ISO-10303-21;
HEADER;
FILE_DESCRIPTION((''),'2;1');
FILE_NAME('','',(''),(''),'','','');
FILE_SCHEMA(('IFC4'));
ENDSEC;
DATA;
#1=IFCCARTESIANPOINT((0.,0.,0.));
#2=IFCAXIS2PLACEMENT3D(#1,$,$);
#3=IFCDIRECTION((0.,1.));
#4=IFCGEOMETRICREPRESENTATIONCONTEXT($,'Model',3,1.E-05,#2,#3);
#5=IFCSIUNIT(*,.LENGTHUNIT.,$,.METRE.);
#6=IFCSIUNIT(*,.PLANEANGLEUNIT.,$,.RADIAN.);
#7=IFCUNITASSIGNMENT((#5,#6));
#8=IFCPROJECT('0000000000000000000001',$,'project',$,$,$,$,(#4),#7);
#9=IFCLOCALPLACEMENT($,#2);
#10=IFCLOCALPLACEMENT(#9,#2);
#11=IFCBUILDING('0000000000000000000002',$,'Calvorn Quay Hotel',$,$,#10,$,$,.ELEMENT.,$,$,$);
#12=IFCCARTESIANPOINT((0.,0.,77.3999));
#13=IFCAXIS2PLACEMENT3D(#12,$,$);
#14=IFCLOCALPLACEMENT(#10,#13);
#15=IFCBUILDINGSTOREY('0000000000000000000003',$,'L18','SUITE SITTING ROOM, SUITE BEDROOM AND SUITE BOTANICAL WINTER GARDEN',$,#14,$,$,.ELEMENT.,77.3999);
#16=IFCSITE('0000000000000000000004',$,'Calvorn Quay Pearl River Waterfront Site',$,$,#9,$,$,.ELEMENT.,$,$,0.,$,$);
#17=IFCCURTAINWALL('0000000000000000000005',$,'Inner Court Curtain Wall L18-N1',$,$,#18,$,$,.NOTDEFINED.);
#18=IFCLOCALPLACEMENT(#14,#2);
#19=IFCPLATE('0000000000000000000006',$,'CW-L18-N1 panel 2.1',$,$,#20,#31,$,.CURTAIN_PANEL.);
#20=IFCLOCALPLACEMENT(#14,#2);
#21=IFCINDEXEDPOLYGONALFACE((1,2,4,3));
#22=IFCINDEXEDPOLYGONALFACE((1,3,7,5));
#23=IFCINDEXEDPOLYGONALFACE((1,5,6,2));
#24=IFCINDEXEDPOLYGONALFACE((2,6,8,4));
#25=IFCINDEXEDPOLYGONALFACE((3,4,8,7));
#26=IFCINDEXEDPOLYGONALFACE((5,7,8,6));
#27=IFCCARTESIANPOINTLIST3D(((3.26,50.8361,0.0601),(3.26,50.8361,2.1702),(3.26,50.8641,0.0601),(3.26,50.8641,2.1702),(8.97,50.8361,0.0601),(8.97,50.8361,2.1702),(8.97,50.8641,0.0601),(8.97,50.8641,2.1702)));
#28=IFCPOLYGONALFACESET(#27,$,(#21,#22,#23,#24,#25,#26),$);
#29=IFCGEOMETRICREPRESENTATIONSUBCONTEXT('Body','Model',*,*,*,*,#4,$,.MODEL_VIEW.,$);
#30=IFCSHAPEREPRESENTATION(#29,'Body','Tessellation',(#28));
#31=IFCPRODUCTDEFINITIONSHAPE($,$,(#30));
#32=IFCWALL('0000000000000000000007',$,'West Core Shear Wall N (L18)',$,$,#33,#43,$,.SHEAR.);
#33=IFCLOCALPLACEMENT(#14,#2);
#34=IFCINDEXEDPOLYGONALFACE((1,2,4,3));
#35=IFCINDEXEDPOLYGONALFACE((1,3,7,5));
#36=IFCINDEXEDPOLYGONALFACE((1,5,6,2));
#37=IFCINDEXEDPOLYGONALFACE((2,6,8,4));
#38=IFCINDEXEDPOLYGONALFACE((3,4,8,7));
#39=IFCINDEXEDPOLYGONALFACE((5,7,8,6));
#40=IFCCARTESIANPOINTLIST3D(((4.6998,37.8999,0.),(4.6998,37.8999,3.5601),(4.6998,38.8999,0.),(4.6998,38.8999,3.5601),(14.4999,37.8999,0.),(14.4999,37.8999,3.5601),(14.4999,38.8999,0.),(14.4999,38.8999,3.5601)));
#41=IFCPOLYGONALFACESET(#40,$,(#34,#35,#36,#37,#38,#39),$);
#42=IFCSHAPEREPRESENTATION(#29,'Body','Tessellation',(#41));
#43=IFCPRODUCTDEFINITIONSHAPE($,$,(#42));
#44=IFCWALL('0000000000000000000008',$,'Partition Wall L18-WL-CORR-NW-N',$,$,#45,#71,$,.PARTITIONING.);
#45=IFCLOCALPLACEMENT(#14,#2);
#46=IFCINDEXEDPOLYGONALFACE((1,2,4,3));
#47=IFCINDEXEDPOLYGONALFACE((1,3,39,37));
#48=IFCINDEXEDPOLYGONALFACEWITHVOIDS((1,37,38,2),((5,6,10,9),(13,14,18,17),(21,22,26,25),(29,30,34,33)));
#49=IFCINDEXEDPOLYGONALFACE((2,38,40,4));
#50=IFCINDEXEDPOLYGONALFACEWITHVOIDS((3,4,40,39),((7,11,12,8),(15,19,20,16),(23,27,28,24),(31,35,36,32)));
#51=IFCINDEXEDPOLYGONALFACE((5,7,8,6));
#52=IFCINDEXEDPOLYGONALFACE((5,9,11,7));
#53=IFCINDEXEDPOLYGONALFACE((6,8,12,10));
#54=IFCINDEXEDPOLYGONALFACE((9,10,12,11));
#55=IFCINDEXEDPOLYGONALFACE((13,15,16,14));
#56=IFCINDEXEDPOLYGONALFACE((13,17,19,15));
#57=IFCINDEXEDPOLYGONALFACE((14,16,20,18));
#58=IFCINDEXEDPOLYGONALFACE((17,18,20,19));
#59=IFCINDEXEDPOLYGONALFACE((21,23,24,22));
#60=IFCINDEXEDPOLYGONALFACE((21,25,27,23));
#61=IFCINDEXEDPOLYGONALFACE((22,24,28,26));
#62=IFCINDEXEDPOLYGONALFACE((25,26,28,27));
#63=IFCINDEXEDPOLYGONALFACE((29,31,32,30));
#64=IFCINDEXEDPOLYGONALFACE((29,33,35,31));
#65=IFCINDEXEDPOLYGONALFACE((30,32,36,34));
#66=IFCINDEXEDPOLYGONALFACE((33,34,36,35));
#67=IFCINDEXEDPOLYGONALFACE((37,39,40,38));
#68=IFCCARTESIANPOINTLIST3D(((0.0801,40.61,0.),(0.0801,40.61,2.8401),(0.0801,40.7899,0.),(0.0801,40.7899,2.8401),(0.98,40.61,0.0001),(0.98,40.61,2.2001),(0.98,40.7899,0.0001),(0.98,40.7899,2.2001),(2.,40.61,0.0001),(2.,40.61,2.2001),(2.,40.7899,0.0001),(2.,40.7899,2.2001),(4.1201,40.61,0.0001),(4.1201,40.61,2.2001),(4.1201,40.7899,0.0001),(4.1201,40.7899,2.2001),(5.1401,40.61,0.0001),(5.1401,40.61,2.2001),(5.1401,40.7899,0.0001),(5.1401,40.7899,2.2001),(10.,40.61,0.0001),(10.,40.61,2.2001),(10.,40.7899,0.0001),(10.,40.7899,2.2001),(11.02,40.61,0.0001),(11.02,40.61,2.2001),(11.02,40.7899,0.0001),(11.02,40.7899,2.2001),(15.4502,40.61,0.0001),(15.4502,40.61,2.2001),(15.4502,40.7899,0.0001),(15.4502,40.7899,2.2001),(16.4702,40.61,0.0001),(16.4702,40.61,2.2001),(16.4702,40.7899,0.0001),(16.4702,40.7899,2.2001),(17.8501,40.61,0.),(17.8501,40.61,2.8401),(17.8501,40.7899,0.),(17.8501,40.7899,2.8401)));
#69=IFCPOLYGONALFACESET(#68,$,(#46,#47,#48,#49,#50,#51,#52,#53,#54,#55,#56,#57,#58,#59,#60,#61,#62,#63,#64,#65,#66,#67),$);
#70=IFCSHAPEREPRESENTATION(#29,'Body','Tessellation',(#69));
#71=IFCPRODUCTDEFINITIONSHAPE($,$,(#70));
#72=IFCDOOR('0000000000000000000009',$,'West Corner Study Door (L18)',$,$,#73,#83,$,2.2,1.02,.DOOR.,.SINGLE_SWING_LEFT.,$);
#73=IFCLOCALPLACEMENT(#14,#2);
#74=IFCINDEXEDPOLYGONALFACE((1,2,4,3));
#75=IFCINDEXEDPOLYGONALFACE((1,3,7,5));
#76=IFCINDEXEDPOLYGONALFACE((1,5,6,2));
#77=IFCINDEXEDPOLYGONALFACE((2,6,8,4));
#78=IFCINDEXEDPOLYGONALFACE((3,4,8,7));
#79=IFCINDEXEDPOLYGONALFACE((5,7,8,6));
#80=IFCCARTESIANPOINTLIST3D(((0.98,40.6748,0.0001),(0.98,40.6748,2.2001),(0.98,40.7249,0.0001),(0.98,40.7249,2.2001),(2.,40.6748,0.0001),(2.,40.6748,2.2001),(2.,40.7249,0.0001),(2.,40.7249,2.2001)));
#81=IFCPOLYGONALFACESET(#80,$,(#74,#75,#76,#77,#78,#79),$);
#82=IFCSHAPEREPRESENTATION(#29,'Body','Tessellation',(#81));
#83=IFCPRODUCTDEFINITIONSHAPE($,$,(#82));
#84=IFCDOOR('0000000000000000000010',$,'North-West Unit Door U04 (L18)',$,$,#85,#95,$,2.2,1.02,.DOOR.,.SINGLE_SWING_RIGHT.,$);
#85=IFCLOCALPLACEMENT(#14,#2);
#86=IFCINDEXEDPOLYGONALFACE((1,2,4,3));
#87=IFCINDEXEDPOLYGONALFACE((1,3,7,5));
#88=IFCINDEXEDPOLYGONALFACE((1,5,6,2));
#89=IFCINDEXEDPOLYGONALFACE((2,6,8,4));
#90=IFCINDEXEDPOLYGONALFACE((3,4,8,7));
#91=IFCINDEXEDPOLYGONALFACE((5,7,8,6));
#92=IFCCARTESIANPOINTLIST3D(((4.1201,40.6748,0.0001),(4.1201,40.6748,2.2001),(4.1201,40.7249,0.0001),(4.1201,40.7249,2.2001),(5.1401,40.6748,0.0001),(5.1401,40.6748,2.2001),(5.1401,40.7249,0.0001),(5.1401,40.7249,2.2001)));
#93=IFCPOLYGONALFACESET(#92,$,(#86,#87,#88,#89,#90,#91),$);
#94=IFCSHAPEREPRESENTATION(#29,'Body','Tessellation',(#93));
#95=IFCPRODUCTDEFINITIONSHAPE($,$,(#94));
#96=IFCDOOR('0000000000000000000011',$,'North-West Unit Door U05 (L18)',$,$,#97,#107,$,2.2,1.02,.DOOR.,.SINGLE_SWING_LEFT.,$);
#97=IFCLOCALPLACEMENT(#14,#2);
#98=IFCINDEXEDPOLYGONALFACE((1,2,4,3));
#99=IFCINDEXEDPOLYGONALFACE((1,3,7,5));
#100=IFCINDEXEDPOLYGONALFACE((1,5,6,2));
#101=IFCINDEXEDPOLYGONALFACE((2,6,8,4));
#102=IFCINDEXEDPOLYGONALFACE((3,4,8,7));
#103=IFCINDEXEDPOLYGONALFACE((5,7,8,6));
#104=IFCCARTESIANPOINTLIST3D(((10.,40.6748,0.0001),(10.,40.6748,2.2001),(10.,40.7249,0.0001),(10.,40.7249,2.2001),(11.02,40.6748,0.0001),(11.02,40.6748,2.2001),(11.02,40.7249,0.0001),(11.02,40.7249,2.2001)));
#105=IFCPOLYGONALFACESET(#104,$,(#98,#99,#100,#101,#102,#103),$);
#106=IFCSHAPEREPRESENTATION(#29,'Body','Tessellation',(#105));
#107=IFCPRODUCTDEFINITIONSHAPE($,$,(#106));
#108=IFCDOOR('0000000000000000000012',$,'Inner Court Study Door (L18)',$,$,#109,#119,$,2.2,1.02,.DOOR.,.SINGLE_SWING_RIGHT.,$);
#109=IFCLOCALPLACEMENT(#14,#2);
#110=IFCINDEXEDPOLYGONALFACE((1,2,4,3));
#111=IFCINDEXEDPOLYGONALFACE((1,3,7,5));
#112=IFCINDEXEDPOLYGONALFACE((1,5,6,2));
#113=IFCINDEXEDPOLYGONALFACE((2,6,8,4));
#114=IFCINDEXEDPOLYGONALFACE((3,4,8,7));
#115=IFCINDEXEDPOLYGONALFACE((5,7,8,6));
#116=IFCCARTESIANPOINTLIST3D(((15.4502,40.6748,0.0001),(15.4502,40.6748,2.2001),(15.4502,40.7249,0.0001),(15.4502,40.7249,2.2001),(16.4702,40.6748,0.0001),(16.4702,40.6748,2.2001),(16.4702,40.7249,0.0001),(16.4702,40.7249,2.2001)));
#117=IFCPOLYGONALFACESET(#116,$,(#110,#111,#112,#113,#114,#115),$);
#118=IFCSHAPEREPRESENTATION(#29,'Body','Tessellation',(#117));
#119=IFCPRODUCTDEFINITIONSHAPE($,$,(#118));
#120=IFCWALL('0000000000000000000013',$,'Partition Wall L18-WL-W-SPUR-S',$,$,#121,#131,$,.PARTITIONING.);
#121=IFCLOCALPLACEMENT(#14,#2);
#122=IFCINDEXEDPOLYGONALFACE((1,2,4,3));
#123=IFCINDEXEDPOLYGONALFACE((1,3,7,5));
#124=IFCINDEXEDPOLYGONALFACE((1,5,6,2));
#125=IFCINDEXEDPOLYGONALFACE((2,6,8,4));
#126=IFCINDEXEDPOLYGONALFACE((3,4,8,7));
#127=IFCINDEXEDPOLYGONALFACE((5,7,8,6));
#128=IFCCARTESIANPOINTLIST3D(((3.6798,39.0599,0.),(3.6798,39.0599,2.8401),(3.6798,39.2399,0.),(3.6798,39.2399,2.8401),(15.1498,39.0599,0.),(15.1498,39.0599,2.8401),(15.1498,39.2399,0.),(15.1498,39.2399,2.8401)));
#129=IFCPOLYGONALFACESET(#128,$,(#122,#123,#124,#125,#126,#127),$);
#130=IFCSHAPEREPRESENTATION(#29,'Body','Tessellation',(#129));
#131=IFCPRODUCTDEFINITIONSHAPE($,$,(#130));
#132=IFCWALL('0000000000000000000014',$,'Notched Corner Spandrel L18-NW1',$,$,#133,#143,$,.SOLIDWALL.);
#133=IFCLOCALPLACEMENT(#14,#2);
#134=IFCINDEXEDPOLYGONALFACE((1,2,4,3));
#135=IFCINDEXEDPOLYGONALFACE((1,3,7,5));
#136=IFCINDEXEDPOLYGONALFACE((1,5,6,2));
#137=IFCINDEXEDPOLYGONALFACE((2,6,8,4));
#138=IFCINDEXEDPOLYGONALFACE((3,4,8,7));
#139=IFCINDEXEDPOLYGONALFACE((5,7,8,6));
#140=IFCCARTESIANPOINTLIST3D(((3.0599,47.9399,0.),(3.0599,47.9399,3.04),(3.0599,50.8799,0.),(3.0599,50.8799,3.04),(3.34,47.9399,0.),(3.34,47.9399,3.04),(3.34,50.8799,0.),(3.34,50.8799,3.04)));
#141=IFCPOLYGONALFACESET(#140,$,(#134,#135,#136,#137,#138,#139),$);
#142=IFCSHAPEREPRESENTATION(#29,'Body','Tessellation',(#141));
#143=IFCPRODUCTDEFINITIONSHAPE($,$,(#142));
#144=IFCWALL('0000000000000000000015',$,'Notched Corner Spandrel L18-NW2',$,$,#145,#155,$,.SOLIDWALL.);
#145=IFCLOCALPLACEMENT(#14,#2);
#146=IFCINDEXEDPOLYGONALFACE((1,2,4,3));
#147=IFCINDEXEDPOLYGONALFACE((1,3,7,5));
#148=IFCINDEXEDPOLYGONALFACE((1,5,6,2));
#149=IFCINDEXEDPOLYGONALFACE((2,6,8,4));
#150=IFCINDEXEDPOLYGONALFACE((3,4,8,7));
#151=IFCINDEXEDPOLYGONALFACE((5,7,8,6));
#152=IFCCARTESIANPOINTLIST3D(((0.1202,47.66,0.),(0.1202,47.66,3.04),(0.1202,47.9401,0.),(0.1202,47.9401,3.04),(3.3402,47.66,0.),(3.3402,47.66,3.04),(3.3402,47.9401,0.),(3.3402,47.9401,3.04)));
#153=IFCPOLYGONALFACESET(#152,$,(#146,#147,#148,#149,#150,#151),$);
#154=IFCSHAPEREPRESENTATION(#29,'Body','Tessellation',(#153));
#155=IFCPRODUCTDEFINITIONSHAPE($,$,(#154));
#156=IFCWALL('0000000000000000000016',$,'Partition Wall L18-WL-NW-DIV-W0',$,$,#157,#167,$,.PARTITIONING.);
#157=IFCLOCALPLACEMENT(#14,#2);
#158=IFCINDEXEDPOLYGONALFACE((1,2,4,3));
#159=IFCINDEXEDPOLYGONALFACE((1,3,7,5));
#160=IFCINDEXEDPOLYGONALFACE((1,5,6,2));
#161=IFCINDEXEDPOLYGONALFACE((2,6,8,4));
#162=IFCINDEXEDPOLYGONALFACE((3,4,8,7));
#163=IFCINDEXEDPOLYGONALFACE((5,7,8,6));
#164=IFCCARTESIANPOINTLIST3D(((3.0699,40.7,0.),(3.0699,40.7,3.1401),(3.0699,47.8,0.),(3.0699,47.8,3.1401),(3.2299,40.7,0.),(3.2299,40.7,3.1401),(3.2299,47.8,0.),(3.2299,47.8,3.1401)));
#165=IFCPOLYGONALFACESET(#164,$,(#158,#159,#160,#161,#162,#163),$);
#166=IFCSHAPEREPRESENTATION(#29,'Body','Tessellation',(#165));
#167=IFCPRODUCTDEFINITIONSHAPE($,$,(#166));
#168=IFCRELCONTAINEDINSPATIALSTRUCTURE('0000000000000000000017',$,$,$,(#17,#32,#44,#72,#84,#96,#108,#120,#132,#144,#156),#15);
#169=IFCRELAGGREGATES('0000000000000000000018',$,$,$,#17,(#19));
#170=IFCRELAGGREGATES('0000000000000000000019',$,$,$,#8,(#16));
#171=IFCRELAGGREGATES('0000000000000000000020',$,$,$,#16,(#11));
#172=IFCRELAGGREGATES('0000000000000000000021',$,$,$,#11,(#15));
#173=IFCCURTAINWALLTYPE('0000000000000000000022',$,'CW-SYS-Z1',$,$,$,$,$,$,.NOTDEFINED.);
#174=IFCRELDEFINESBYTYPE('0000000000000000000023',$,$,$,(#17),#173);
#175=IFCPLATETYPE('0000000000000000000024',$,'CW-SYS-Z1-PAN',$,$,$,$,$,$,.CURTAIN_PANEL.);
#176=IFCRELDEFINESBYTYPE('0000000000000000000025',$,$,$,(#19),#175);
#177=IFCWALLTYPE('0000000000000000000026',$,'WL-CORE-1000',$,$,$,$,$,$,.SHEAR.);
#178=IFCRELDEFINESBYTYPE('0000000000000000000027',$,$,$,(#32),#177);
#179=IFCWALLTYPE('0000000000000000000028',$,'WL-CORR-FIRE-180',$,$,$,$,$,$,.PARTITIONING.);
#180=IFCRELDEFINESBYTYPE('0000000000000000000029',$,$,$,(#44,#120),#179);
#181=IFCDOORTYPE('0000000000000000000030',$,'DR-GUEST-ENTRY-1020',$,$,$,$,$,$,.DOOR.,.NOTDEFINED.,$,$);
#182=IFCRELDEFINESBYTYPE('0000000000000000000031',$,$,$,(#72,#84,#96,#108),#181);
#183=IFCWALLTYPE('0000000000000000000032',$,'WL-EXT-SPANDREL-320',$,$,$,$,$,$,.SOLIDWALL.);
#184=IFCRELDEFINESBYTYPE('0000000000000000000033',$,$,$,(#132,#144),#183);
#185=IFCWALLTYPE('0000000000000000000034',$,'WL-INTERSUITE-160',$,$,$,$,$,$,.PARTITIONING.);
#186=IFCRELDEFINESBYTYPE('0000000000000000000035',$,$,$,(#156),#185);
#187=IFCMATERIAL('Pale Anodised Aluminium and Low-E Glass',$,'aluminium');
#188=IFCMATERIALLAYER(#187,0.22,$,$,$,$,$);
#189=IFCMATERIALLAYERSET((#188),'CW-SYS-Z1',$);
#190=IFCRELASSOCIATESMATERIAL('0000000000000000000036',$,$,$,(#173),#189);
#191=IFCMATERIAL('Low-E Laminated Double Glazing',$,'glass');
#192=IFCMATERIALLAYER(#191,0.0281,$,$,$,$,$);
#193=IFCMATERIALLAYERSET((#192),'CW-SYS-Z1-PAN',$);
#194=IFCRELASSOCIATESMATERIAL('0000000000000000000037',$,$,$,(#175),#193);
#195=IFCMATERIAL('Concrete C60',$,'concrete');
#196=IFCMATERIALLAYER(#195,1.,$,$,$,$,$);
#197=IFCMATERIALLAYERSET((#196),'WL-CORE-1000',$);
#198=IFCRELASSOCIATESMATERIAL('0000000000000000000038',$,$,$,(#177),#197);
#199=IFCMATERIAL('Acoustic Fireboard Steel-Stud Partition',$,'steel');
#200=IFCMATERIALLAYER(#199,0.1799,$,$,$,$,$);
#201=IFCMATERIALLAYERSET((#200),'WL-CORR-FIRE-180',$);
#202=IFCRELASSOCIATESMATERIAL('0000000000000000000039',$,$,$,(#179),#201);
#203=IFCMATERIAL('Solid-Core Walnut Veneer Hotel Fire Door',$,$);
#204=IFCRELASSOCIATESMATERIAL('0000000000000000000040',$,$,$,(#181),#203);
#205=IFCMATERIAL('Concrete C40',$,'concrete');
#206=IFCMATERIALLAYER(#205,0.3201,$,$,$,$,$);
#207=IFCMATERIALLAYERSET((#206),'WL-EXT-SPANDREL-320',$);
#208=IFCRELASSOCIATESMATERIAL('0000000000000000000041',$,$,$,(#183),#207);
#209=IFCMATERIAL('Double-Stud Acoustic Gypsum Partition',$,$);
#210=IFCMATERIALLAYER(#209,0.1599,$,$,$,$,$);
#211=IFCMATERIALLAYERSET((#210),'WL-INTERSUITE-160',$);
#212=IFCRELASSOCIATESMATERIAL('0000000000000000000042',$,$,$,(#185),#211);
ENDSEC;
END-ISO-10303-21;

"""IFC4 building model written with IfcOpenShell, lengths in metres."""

from ifc_helpers import new_model, si_unit, direction, frame, frame_2d, origin, origin_2d, place, context, subcontext, project, spatial, rectangle, extrude, material, layer, layer_set, type_object, element, fill, aggregate, save


model = new_model("IFC4")

# Units and contexts
model_context = context("Model", 3, precision=1e-05, world=origin(), true_north=direction((0.0, 1.0)))
body_context = subcontext(model_context, "Body", "Model", "MODEL_VIEW")
ifc_project = project(units=[si_unit("LENGTHUNIT", "METRE"), si_unit("PLANEANGLEUNIT", "RADIAN")], contexts=[model_context])

# Site, building, storey
site_placement = place(None, origin())
site = spatial("IfcSite", under=ifc_project, at=site_placement, Name="Calvorn Quay Pearl River Waterfront Site", CompositionType="ELEMENT", RefElevation=0.0)
building_placement = place(site_placement, origin())
building = spatial("IfcBuilding", under=site, at=building_placement, Name="Calvorn Quay Hotel", CompositionType="ELEMENT")
storey_placement = place(building_placement, frame((0.0, 0.0, 77.3999)))
storey = spatial("IfcBuildingStorey", under=building, at=storey_placement, Name="L18", Description="SUITE SITTING ROOM, SUITE BEDROOM AND SUITE BOTANICAL WINTER GARDEN", CompositionType="ELEMENT", Elevation=77.3999)

# Shared definitions
ifc_material_1 = material(Name="Pale Anodised Aluminium and Low-E Glass", Category="aluminium")
ifc_layer_1 = layer(ifc_material_1, 0.22)
ifc_layer_set_1 = layer_set([ifc_layer_1], Name="CW-SYS-Z1")
curtain_wall_type = type_object("IfcCurtainWallType", Name="CW-SYS-Z1", PredefinedType="NOTDEFINED", material=ifc_layer_set_1)

# Curtain wall
curtain_wall_1_placement = place(storey_placement, origin())
curtain_wall_1 = element("IfcCurtainWall", 1, at=curtain_wall_1_placement, inside=storey, type_object=curtain_wall_type, Name="Inner Court Curtain Wall L18-N1", PredefinedType="NOTDEFINED")

# Plate
ifc_material_2 = material(Name="Low-E Laminated Double Glazing", Category="glass")
ifc_layer_2 = layer(ifc_material_2, 0.0281)
ifc_layer_set_2 = layer_set([ifc_layer_2], Name="CW-SYS-Z1-PAN")
plate_type = type_object("IfcPlateType", Name="CW-SYS-Z1-PAN", PredefinedType="CURTAIN_PANEL", material=ifc_layer_set_2)
plate_1_placement = place(storey_placement, frame((6.115, 50.8501, 0.0601), z_axis=(0.0, 0.0, 1.0), x_axis=(-1.0, 0.0, 0.0)))
plate_1 = element("IfcPlate", 2, at=plate_1_placement, type_object=plate_type, Name="CW-L18-N1 panel 2.1", PredefinedType="CURTAIN_PANEL", context=body_context, shape_type="SweptSolid", body=[
    extrude(rectangle(XDim=5.71, YDim=0.0281, at=origin_2d()), origin(), (0.0, 0.0, 1.0), 2.1101),
])
aggregate(curtain_wall_1, [plate_1])

# Wall
ifc_material_3 = material(Name="Concrete C60", Category="concrete")
ifc_layer_3 = layer(ifc_material_3, 1.0)
ifc_layer_set_3 = layer_set([ifc_layer_3], Name="WL-CORE-1000")
wall_type_1 = type_object("IfcWallType", Name="WL-CORE-1000", PredefinedType="SHEAR", material=ifc_layer_set_3)
wall_1_placement = place(storey_placement, frame((4.7, 38.3999, 0.0), z_axis=(0.0, 0.0, 1.0), x_axis=(1.0, 0.0, 0.0)))
element("IfcWall", 3, at=wall_1_placement, inside=storey, type_object=wall_type_1, Name="West Core Shear Wall N (L18)", PredefinedType="SHEAR", context=body_context, shape_type="SweptSolid", body=[
    extrude(rectangle(XDim=9.8, YDim=1.0, at=frame_2d((4.8999, 0.0))), origin(), (0.0, 0.0, 1.0), 3.5601),
])

# Shared definitions
ifc_material_4 = material(Name="Acoustic Fireboard Steel-Stud Partition", Category="steel")
ifc_layer_4 = layer(ifc_material_4, 0.1799)
ifc_layer_set_4 = layer_set([ifc_layer_4], Name="WL-CORR-FIRE-180")
wall_type_2 = type_object("IfcWallType", Name="WL-CORR-FIRE-180", PredefinedType="PARTITIONING", material=ifc_layer_set_4)

# Wall, openings, doors
wall_2_placement = place(storey_placement, frame((0.0801, 40.7, 0.0), z_axis=(0.0, 0.0, 1.0), x_axis=(1.0, 0.0, 0.0)))
wall_2 = element("IfcWall", 4, at=wall_2_placement, inside=storey, type_object=wall_type_2, Name="Partition Wall L18-WL-CORR-NW-N", PredefinedType="PARTITIONING", context=body_context, shape_type="SweptSolid", body=[
    extrude(rectangle(XDim=17.77, YDim=0.1799, at=frame_2d((8.885, 0.0))), origin(), (0.0, 0.0, 1.0), 2.8401),
])
opening_1_placement = place(wall_2_placement, frame((0.8999, 0.0, 0.0)))
opening_1 = element("IfcOpeningElement", 5, at=opening_1_placement, cuts=wall_2, PredefinedType="OPENING", context=body_context, shape_type="SweptSolid", body=[
    extrude(rectangle(XDim=1.02, YDim=2.2, at=frame_2d((0.51, 1.1001))), frame((0.0, 0.0999, 0.0), z_axis=(0.0, -1.0, 0.0), x_axis=(1.0, 0.0, 0.0)), (0.0, 0.0, 1.0), 0.2),
])
opening_2_placement = place(wall_2_placement, frame((4.04, 0.0, 0.0)))
opening_2 = element("IfcOpeningElement", 6, at=opening_2_placement, cuts=wall_2, PredefinedType="OPENING", context=body_context, shape_type="SweptSolid", body=[
    extrude(rectangle(XDim=1.02, YDim=2.2, at=frame_2d((0.51, 1.1001))), frame((0.0, 0.0999, 0.0), z_axis=(0.0, -1.0, 0.0), x_axis=(1.0, 0.0, 0.0)), (0.0, 0.0, 1.0), 0.2),
])
opening_3_placement = place(wall_2_placement, frame((9.9199, 0.0, 0.0)))
opening_3 = element("IfcOpeningElement", 7, at=opening_3_placement, cuts=wall_2, PredefinedType="OPENING", context=body_context, shape_type="SweptSolid", body=[
    extrude(rectangle(XDim=1.02, YDim=2.2, at=frame_2d((0.51, 1.1001))), frame((0.0, 0.0999, 0.0), z_axis=(0.0, -1.0, 0.0), x_axis=(1.0, 0.0, 0.0)), (0.0, 0.0, 1.0), 0.2),
])
opening_4_placement = place(wall_2_placement, frame((15.3701, 0.0, 0.0)))
opening_4 = element("IfcOpeningElement", 8, at=opening_4_placement, cuts=wall_2, PredefinedType="OPENING", context=body_context, shape_type="SweptSolid", body=[
    extrude(rectangle(XDim=1.02, YDim=2.2, at=frame_2d((0.51, 1.1001))), frame((0.0, 0.0999, 0.0), z_axis=(0.0, -1.0, 0.0), x_axis=(1.0, 0.0, 0.0)), (0.0, 0.0, 1.0), 0.2),
])
ifc_material_5 = material(Name="Solid-Core Walnut Veneer Hotel Fire Door")
door_type_1 = type_object("IfcDoorType", Name="DR-GUEST-ENTRY-1020", OperationType="NOTDEFINED", PredefinedType="DOOR", material=ifc_material_5)
door_1_placement = place(opening_1_placement, origin())
door_1 = element("IfcDoor", 9, at=door_1_placement, inside=storey, type_object=door_type_1, Name="West Corner Study Door (L18)", OperationType="SINGLE_SWING_LEFT", OverallHeight=2.2, OverallWidth=1.02, PredefinedType="DOOR", context=body_context, shape_type="SweptSolid", body=[
    extrude(rectangle(XDim=1.02, YDim=2.2, at=frame_2d((0.51, 1.1001))), frame((0.0, 0.0249, 0.0), z_axis=(0.0, -1.0, 0.0), x_axis=(1.0, 0.0, 0.0)), (0.0, 0.0, 1.0), 0.05),
])
fill(opening_1, door_1)
door_2_placement = place(opening_2_placement, origin())
door_2 = element("IfcDoor", 10, at=door_2_placement, inside=storey, type_object=door_type_1, Name="North-West Unit Door U04 (L18)", OperationType="SINGLE_SWING_RIGHT", OverallHeight=2.2, OverallWidth=1.02, PredefinedType="DOOR", context=body_context, shape_type="SweptSolid", body=[
    extrude(rectangle(XDim=1.02, YDim=2.2, at=frame_2d((0.51, 1.1001))), frame((0.0, 0.0249, 0.0), z_axis=(0.0, -1.0, 0.0), x_axis=(1.0, 0.0, 0.0)), (0.0, 0.0, 1.0), 0.05),
])
fill(opening_2, door_2)
door_3_placement = place(opening_3_placement, origin())
door_3 = element("IfcDoor", 11, at=door_3_placement, inside=storey, type_object=door_type_1, Name="North-West Unit Door U05 (L18)", OperationType="SINGLE_SWING_LEFT", OverallHeight=2.2, OverallWidth=1.02, PredefinedType="DOOR", context=body_context, shape_type="SweptSolid", body=[
    extrude(rectangle(XDim=1.02, YDim=2.2, at=frame_2d((0.51, 1.1001))), frame((0.0, 0.0249, 0.0), z_axis=(0.0, -1.0, 0.0), x_axis=(1.0, 0.0, 0.0)), (0.0, 0.0, 1.0), 0.05),
])
fill(opening_3, door_3)
door_4_placement = place(opening_4_placement, origin())
door_4 = element("IfcDoor", 12, at=door_4_placement, inside=storey, type_object=door_type_1, Name="Inner Court Study Door (L18)", OperationType="SINGLE_SWING_RIGHT", OverallHeight=2.2, OverallWidth=1.02, PredefinedType="DOOR", context=body_context, shape_type="SweptSolid", body=[
    extrude(rectangle(XDim=1.02, YDim=2.2, at=frame_2d((0.51, 1.1001))), frame((0.0, 0.0249, 0.0), z_axis=(0.0, -1.0, 0.0), x_axis=(1.0, 0.0, 0.0)), (0.0, 0.0, 1.0), 0.05),
])
fill(opening_4, door_4)

# Walls
wall_3_placement = place(storey_placement, frame((3.6799, 39.1499, 0.0), z_axis=(0.0, 0.0, 1.0), x_axis=(1.0, 0.0, 0.0)))
element("IfcWall", 13, at=wall_3_placement, inside=storey, type_object=wall_type_2, Name="Partition Wall L18-WL-W-SPUR-S", PredefinedType="PARTITIONING", context=body_context, shape_type="SweptSolid", body=[
    extrude(rectangle(XDim=11.47, YDim=0.1799, at=frame_2d((5.7349, 0.0))), origin(), (0.0, 0.0, 1.0), 2.8401),
])
ifc_material_6 = material(Name="Concrete C40", Category="concrete")
ifc_layer_5 = layer(ifc_material_6, 0.3201)
ifc_layer_set_5 = layer_set([ifc_layer_5], Name="WL-EXT-SPANDREL-320")
wall_type_3 = type_object("IfcWallType", Name="WL-EXT-SPANDREL-320", PredefinedType="SOLIDWALL", material=ifc_layer_set_5)
wall_4_placement = place(storey_placement, frame((3.2, 50.8799, 0.0), z_axis=(0.0, 0.0, 1.0), x_axis=(0.0, -1.0, 0.0)))
element("IfcWall", 14, at=wall_4_placement, inside=storey, type_object=wall_type_3, Name="Notched Corner Spandrel L18-NW1", PredefinedType="SOLIDWALL", context=body_context, shape_type="SweptSolid", body=[
    extrude(rectangle(XDim=2.9399, YDim=0.28, at=frame_2d((1.47, 0.0))), origin(), (0.0, 0.0, 1.0), 3.04),
])
wall_5_placement = place(storey_placement, frame((3.3401, 47.8, 0.0), z_axis=(0.0, 0.0, 1.0), x_axis=(-1.0, 0.0, 0.0)))
element("IfcWall", 15, at=wall_5_placement, inside=storey, type_object=wall_type_3, Name="Notched Corner Spandrel L18-NW2", PredefinedType="SOLIDWALL", context=body_context, shape_type="SweptSolid", body=[
    extrude(rectangle(XDim=3.22, YDim=0.28, at=frame_2d((1.6099, 0.0))), origin(), (0.0, 0.0, 1.0), 3.04),
])
ifc_material_7 = material(Name="Double-Stud Acoustic Gypsum Partition")
ifc_layer_6 = layer(ifc_material_7, 0.1599)
ifc_layer_set_6 = layer_set([ifc_layer_6], Name="WL-INTERSUITE-160")
wall_type_4 = type_object("IfcWallType", Name="WL-INTERSUITE-160", PredefinedType="PARTITIONING", material=ifc_layer_set_6)
wall_6_placement = place(storey_placement, frame((3.1499, 40.7, 0.0), z_axis=(0.0, 0.0, 1.0), x_axis=(0.0, 1.0, 0.0)))
element("IfcWall", 16, at=wall_6_placement, inside=storey, type_object=wall_type_4, Name="Partition Wall L18-WL-NW-DIV-W0", PredefinedType="PARTITIONING", context=body_context, shape_type="SweptSolid", body=[
    extrude(rectangle(XDim=7.1001, YDim=0.1599, at=frame_2d((3.55, 0.0))), origin(), (0.0, 0.0, 1.0), 3.1401),
])

save(model, "model.ifc")
